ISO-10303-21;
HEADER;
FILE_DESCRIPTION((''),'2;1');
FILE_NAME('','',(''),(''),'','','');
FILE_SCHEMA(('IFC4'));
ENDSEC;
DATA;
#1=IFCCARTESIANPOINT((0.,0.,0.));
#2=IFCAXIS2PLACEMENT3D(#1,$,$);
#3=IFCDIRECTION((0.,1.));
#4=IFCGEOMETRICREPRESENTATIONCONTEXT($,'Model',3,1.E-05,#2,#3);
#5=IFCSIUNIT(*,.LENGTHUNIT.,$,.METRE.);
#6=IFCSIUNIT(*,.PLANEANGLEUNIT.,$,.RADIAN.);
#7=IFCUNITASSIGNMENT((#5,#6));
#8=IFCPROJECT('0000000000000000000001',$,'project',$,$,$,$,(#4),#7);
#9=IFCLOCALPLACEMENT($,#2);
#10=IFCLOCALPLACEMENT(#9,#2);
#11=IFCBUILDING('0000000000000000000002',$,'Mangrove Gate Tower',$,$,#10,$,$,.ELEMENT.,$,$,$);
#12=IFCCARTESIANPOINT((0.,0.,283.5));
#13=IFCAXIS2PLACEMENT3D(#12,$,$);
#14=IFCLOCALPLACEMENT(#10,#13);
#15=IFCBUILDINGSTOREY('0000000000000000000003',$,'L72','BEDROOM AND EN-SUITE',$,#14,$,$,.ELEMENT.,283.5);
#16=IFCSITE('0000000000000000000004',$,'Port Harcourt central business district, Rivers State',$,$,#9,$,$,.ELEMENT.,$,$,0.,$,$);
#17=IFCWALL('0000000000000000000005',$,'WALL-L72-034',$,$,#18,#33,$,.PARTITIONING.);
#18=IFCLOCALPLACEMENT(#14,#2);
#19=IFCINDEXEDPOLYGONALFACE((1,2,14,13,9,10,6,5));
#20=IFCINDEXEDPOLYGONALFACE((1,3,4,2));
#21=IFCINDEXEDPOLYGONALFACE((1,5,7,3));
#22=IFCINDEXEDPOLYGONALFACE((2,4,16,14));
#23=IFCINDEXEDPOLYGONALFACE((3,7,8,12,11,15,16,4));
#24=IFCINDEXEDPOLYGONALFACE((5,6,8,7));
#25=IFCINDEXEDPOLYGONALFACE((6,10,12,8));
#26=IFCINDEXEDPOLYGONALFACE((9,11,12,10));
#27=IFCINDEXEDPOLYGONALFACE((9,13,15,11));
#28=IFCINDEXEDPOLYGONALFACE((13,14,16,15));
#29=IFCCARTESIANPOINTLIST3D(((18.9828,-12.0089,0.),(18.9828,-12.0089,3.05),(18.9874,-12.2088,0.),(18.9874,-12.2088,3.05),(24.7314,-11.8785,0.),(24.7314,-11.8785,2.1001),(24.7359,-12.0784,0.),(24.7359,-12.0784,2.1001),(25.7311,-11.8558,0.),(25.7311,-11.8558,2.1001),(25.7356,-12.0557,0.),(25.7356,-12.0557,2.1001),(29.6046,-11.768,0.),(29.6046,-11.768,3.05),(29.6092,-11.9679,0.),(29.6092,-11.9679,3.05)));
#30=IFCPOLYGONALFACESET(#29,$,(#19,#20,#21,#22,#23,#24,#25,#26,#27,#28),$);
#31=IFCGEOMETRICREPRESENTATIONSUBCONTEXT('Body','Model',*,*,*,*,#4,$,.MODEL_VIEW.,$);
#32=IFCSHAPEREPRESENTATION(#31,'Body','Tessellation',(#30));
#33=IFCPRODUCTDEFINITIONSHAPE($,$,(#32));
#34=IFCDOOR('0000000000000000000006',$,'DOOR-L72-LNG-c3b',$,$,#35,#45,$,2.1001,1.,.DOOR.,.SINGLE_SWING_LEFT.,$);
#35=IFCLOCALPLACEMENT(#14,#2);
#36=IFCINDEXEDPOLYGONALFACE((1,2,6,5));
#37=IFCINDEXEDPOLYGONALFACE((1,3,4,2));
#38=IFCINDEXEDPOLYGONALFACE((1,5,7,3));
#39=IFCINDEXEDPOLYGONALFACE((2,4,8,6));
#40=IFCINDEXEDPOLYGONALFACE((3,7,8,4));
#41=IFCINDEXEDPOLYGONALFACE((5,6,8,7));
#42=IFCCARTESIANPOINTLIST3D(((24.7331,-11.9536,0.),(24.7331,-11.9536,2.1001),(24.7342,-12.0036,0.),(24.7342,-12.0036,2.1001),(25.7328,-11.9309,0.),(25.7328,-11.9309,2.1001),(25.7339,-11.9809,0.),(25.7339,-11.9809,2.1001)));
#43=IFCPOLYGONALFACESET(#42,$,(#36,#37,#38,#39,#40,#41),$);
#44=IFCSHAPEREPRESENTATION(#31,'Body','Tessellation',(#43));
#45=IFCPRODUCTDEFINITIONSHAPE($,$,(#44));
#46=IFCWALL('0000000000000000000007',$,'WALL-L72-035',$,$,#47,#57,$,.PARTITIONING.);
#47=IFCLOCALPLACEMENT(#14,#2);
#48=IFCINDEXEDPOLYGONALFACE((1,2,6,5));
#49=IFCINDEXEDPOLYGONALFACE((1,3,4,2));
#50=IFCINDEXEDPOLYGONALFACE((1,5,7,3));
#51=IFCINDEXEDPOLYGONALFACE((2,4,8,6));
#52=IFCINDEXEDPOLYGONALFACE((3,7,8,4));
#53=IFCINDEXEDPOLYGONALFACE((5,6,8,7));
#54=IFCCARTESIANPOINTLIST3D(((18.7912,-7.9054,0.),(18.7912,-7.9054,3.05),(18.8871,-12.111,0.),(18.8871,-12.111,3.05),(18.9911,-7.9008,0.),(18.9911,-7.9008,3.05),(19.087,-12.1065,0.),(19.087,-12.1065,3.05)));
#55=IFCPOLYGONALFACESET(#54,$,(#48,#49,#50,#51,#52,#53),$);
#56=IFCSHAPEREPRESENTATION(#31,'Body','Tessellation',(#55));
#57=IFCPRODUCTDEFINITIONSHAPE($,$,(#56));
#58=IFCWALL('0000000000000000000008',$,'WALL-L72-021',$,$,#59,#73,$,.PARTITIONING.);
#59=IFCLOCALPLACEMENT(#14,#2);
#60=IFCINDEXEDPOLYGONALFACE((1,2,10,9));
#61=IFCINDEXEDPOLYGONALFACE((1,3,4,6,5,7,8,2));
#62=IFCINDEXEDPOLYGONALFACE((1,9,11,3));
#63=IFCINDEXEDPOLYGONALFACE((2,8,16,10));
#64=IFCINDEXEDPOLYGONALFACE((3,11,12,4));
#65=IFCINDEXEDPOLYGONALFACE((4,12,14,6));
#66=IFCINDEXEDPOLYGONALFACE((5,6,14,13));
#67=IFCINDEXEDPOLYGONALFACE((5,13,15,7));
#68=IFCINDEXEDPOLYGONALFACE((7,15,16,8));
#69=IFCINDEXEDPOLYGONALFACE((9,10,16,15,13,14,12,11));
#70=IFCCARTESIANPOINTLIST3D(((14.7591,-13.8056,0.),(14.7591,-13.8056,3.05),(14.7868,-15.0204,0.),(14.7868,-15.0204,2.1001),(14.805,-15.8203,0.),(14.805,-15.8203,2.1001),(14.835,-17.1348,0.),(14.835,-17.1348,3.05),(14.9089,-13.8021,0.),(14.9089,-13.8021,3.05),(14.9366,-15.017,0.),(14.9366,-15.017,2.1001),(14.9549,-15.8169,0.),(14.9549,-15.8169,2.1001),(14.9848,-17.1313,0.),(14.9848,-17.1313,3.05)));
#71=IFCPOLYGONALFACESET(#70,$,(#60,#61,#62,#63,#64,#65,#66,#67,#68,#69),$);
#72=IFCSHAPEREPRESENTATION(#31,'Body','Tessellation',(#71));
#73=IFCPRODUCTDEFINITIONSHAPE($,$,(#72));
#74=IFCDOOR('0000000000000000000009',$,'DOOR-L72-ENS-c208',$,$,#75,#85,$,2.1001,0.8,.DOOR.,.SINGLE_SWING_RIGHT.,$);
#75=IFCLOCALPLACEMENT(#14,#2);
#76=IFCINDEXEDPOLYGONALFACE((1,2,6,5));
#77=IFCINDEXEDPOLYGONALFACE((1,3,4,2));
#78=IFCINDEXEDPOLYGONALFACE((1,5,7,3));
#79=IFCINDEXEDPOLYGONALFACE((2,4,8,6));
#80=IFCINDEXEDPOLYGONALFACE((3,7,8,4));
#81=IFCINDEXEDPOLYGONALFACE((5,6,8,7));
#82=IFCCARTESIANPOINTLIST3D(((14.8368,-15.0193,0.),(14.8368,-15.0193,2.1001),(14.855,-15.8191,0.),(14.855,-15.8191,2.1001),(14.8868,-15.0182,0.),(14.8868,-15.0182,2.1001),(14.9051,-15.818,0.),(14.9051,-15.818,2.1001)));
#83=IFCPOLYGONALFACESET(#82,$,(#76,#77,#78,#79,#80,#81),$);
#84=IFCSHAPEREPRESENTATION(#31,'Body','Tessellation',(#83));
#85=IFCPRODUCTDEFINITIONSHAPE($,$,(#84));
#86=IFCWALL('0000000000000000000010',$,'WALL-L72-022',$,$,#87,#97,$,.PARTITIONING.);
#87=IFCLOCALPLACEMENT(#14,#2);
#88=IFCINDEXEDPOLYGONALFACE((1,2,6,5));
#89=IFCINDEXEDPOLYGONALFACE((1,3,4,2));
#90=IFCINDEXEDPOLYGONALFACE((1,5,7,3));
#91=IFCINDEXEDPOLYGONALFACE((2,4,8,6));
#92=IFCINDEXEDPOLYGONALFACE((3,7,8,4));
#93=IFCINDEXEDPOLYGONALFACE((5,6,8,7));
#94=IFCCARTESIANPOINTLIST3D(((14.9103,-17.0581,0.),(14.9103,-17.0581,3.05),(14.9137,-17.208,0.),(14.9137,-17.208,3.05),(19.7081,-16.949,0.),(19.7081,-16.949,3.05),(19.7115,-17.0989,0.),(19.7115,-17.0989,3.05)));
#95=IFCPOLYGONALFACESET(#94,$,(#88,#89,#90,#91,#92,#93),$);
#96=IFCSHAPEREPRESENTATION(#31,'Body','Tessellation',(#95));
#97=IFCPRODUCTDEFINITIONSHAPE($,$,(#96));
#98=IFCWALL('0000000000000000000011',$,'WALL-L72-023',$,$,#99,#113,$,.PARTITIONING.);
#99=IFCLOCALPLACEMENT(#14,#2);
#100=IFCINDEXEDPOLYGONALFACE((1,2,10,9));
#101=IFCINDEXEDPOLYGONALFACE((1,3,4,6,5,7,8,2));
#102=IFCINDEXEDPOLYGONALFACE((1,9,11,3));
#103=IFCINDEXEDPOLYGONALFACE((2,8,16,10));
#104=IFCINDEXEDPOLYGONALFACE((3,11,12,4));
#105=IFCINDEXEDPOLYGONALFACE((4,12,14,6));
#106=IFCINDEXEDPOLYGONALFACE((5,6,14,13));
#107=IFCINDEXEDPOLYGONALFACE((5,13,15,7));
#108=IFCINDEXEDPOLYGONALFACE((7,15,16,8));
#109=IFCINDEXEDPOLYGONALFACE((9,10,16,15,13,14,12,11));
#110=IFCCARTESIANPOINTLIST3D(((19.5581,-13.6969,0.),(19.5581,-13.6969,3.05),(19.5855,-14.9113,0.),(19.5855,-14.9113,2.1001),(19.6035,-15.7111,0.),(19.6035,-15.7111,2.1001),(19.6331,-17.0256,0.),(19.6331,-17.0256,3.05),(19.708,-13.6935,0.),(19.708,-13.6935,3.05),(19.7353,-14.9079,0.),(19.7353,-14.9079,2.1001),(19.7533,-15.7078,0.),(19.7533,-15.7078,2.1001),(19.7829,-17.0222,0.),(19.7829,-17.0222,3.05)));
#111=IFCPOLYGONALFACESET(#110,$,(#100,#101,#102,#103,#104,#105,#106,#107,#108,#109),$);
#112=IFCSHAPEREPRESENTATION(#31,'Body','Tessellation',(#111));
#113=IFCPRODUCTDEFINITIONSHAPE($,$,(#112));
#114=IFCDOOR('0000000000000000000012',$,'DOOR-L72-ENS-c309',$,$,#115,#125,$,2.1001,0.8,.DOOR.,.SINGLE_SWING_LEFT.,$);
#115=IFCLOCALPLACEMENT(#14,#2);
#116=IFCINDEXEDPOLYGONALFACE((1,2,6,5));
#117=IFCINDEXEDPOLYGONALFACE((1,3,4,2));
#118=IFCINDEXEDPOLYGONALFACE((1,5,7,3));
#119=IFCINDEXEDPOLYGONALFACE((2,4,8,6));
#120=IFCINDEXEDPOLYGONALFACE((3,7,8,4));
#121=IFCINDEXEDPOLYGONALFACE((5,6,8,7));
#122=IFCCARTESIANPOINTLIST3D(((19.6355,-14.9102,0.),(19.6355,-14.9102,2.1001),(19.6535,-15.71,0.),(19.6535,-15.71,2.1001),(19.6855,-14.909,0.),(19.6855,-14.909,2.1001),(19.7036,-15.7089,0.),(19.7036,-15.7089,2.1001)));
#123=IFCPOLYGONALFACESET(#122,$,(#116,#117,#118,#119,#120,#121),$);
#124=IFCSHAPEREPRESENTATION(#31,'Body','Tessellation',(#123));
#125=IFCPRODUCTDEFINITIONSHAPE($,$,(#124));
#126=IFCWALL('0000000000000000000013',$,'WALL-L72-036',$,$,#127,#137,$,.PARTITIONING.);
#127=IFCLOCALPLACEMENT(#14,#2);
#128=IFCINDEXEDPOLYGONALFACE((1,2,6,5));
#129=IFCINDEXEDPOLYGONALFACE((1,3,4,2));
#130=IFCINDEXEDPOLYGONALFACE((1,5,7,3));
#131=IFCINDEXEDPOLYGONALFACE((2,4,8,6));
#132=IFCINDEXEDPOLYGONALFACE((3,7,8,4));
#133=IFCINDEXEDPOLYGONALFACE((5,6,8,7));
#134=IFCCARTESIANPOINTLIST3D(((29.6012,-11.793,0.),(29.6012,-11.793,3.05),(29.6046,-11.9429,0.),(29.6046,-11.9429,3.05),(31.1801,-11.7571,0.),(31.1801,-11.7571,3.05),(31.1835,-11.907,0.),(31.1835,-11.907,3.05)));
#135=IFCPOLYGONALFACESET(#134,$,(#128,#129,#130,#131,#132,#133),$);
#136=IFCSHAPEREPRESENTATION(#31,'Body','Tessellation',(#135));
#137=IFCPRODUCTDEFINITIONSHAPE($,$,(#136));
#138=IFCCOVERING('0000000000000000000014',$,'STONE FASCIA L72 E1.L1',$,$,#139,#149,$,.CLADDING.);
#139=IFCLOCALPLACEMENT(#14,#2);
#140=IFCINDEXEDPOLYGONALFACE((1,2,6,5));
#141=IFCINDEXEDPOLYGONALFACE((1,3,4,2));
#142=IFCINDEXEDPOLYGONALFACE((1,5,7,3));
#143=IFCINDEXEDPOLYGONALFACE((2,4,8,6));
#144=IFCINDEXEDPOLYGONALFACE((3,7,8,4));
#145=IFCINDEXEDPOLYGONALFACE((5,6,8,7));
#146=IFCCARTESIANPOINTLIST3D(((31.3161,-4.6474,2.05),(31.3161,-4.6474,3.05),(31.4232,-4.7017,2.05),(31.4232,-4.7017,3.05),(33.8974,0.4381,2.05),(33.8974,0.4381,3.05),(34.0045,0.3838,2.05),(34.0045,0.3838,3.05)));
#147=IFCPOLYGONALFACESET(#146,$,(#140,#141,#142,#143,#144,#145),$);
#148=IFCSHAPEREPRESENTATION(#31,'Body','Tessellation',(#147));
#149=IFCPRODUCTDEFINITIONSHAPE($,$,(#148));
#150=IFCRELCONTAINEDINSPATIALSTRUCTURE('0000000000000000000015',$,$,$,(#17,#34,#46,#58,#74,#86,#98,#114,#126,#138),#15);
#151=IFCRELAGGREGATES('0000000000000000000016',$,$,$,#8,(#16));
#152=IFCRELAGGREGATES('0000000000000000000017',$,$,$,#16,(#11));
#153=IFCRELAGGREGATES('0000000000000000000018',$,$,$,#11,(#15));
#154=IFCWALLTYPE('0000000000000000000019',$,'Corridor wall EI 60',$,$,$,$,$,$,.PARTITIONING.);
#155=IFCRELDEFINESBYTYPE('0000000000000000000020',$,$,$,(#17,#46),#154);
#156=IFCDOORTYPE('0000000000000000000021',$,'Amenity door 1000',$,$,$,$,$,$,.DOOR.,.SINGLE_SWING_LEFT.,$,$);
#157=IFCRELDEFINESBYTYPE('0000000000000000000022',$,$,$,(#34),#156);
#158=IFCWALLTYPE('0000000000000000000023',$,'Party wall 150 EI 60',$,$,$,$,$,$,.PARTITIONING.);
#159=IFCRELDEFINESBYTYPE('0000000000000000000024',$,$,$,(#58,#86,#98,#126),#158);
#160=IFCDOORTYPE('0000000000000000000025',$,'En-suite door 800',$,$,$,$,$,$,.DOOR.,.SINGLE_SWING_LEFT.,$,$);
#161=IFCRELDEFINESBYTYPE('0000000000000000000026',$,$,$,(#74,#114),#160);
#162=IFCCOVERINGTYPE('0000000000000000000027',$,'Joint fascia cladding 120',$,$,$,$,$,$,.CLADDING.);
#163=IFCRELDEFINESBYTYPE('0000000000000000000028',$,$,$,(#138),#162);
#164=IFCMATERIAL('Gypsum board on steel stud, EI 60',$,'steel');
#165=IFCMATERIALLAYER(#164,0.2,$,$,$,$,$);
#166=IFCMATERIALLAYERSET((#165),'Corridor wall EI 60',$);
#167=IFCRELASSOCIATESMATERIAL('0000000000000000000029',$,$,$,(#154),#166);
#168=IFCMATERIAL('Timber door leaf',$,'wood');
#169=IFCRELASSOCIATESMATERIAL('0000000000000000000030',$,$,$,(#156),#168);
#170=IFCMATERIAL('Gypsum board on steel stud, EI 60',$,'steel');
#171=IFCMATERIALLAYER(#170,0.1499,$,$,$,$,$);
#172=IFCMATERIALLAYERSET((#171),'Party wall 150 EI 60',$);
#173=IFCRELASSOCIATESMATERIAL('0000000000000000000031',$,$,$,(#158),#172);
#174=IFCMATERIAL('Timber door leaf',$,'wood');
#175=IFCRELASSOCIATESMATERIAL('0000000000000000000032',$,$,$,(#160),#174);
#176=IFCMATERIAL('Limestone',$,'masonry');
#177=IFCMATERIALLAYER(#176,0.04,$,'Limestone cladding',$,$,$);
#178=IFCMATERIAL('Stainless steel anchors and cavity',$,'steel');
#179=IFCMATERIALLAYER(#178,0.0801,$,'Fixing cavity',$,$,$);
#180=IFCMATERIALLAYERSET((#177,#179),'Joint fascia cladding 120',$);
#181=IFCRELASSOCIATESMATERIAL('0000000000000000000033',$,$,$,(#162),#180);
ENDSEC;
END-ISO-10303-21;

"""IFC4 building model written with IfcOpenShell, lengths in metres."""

from ifc_helpers import new_model, si_unit, direction, frame, frame_2d, origin, place, context, subcontext, project, spatial, rectangle, extrude, material, layer, layer_set, type_object, element, fill, save


model = new_model("IFC4")

# Units and contexts
model_context = context("Model", 3, precision=1e-05, world=origin(), true_north=direction((0.0, 1.0)))
body_context = subcontext(model_context, "Body", "Model", "MODEL_VIEW")
ifc_project = project(units=[si_unit("LENGTHUNIT", "METRE"), si_unit("PLANEANGLEUNIT", "RADIAN")], contexts=[model_context])

# Site, building, storey
site_placement = place(None, origin())
site = spatial("IfcSite", under=ifc_project, at=site_placement, Name="Port Harcourt central business district, Rivers State", CompositionType="ELEMENT", RefElevation=0.0)
building_placement = place(site_placement, origin())
building = spatial("IfcBuilding", under=site, at=building_placement, Name="Mangrove Gate Tower", CompositionType="ELEMENT")
storey_placement = place(building_placement, frame((0.0, 0.0, 283.5)))
storey = spatial("IfcBuildingStorey", under=building, at=storey_placement, Name="L72", Description="BEDROOM AND EN-SUITE", CompositionType="ELEMENT", Elevation=283.5)

# Shared definitions
ifc_material_1 = material(Name="Gypsum board on steel stud, EI 60", Category="steel")
ifc_layer_1 = layer(ifc_material_1, 0.2)
ifc_layer_set_1 = layer_set([ifc_layer_1], Name="Corridor wall EI 60")
wall_type_1 = type_object("IfcWallType", Name="Corridor wall EI 60", PredefinedType="PARTITIONING", material=ifc_layer_set_1)

# Wall, opening, door
wall_1_placement = place(storey_placement, frame((18.9851, -12.1089, 0.0), z_axis=(0.0, 0.0, 1.0), x_axis=(0.999743, 0.02268, 0.0)))
wall_1 = element("IfcWall", 1, at=wall_1_placement, inside=storey, type_object=wall_type_1, Name="WALL-L72-034", PredefinedType="PARTITIONING", context=body_context, shape_type="SweptSolid", body=[
    extrude(rectangle(XDim=10.6245, YDim=0.2, at=frame_2d((5.3123, 0.0))), origin(), (0.0, 0.0, 1.0), 3.05),
])
opening_1_placement = place(wall_1_placement, frame((5.75, 0.0, 0.0)))
opening_1 = element("IfcOpeningElement", 2, at=opening_1_placement, cuts=wall_1, PredefinedType="OPENING", context=body_context, shape_type="SweptSolid", body=[
    extrude(rectangle(XDim=1.0, YDim=2.1001, at=frame_2d((0.5, 1.05))), frame((0.0, 0.1099, 0.0), z_axis=(0.0, -1.0, 0.0), x_axis=(1.0, 0.0, 0.0)), (0.0, 0.0, 1.0), 0.22),
])
ifc_material_2 = material(Name="Timber door leaf", Category="wood")
door_type_1 = type_object("IfcDoorType", Name="Amenity door 1000", OperationType="SINGLE_SWING_LEFT", PredefinedType="DOOR", material=ifc_material_2)
door_1_placement = place(opening_1_placement, origin())
door_1 = element("IfcDoor", 3, at=door_1_placement, inside=storey, type_object=door_type_1, Name="DOOR-L72-LNG-c3b", OperationType="SINGLE_SWING_LEFT", OverallHeight=2.1001, OverallWidth=1.0, PredefinedType="DOOR", context=body_context, shape_type="SweptSolid", body=[
    extrude(rectangle(XDim=1.0, YDim=2.1001, at=frame_2d((0.5, 1.05))), frame((0.0, 0.0249, 0.0), z_axis=(0.0, -1.0, 0.0), x_axis=(1.0, 0.0, 0.0)), (0.0, 0.0, 1.0), 0.05),
])
fill(opening_1, door_1)

# Wall
wall_2_placement = place(storey_placement, frame((18.9871, -12.1089, 0.0), z_axis=(0.0, 0.0, 1.0), x_axis=(-0.022807, 0.99974, 0.0)))
element("IfcWall", 4, at=wall_2_placement, inside=storey, type_object=wall_type_1, Name="WALL-L72-035", PredefinedType="PARTITIONING", context=body_context, shape_type="SweptSolid", body=[
    extrude(rectangle(XDim=4.2068, YDim=0.2, at=frame_2d((2.1035, 0.0))), origin(), (0.0, 0.0, 1.0), 3.05),
])

# Wall, opening, door
ifc_material_3 = material(Name="Gypsum board on steel stud, EI 60", Category="steel")
ifc_layer_2 = layer(ifc_material_3, 0.1499)
ifc_layer_set_2 = layer_set([ifc_layer_2], Name="Party wall 150 EI 60")
wall_type_2 = type_object("IfcWallType", Name="Party wall 150 EI 60", PredefinedType="PARTITIONING", material=ifc_layer_set_2)
wall_3_placement = place(storey_placement, frame((14.9099, -17.1331, 0.0), z_axis=(0.0, 0.0, 1.0), x_axis=(-0.022801, 0.99974, 0.0)))
wall_3 = element("IfcWall", 5, at=wall_3_placement, inside=storey, type_object=wall_type_2, Name="WALL-L72-021", PredefinedType="PARTITIONING", context=body_context, shape_type="SweptSolid", body=[
    extrude(rectangle(XDim=3.3301, YDim=0.1499, at=frame_2d((1.665, 0.0))), origin(), (0.0, 0.0, 1.0), 3.05),
])
opening_2_placement = place(wall_3_placement, frame((1.3149, 0.0, 0.0)))
opening_2 = element("IfcOpeningElement", 6, at=opening_2_placement, cuts=wall_3, PredefinedType="OPENING", context=body_context, shape_type="SweptSolid", body=[
    extrude(rectangle(XDim=0.8, YDim=2.1001, at=frame_2d((0.3999, 1.05))), frame((0.0, 0.085, 0.0), z_axis=(0.0, -1.0, 0.0), x_axis=(1.0, 0.0, 0.0)), (0.0, 0.0, 1.0), 0.1699),
])
ifc_material_4 = material(Name="Timber door leaf", Category="wood")
door_type_2 = type_object("IfcDoorType", Name="En-suite door 800", OperationType="SINGLE_SWING_LEFT", PredefinedType="DOOR", material=ifc_material_4)
door_2_placement = place(opening_2_placement, origin())
door_2 = element("IfcDoor", 7, at=door_2_placement, inside=storey, type_object=door_type_2, Name="DOOR-L72-ENS-c208", OperationType="SINGLE_SWING_RIGHT", OverallHeight=2.1001, OverallWidth=0.8, PredefinedType="DOOR", context=body_context, shape_type="SweptSolid", body=[
    extrude(rectangle(XDim=0.8, YDim=2.1001, at=frame_2d((0.3999, 1.05))), frame((0.0, 0.0249, 0.0), z_axis=(0.0, -1.0, 0.0), x_axis=(1.0, 0.0, 0.0)), (0.0, 0.0, 1.0), 0.05),
])
fill(opening_2, door_2)

# Wall
wall_4_placement = place(storey_placement, frame((14.9121, -17.1331, 0.0), z_axis=(0.0, 0.0, 1.0), x_axis=(0.999741, 0.02274, 0.0)))
element("IfcWall", 8, at=wall_4_placement, inside=storey, type_object=wall_type_2, Name="WALL-L72-022", PredefinedType="PARTITIONING", context=body_context, shape_type="SweptSolid", body=[
    extrude(rectangle(XDim=4.7991, YDim=0.1499, at=frame_2d((2.3994, 0.0))), origin(), (0.0, 0.0, 1.0), 3.05),
])

# Wall, opening, door
wall_5_placement = place(storey_placement, frame((19.708, -17.0239, 0.0), z_axis=(0.0, 0.0, 1.0), x_axis=(-0.02251, 0.999747, 0.0)))
wall_5 = element("IfcWall", 9, at=wall_5_placement, inside=storey, type_object=wall_type_2, Name="WALL-L72-023", PredefinedType="PARTITIONING", context=body_context, shape_type="SweptSolid", body=[
    extrude(rectangle(XDim=3.3296, YDim=0.1499, at=frame_2d((1.6648, 0.0))), origin(), (0.0, 0.0, 1.0), 3.05),
])
opening_3_placement = place(wall_5_placement, frame((1.3149, 0.0, 0.0)))
opening_3 = element("IfcOpeningElement", 10, at=opening_3_placement, cuts=wall_5, PredefinedType="OPENING", context=body_context, shape_type="SweptSolid", body=[
    extrude(rectangle(XDim=0.8, YDim=2.1001, at=frame_2d((0.3999, 1.05))), frame((0.0, 0.085, 0.0), z_axis=(0.0, -1.0, 0.0), x_axis=(1.0, 0.0, 0.0)), (0.0, 0.0, 1.0), 0.1699),
])
door_3_placement = place(opening_3_placement, origin())
door_3 = element("IfcDoor", 11, at=door_3_placement, inside=storey, type_object=door_type_2, Name="DOOR-L72-ENS-c309", OperationType="SINGLE_SWING_LEFT", OverallHeight=2.1001, OverallWidth=0.8, PredefinedType="DOOR", context=body_context, shape_type="SweptSolid", body=[
    extrude(rectangle(XDim=0.8, YDim=2.1001, at=frame_2d((0.3999, 1.05))), frame((0.0, 0.0249, 0.0), z_axis=(0.0, -1.0, 0.0), x_axis=(1.0, 0.0, 0.0)), (0.0, 0.0, 1.0), 0.05),
])
fill(opening_3, door_3)

# Wall
wall_6_placement = place(storey_placement, frame((29.603, -11.8679, 0.0), z_axis=(0.0, 0.0, 1.0), x_axis=(0.999742, 0.022725, 0.0)))
element("IfcWall", 12, at=wall_6_placement, inside=storey, type_object=wall_type_2, Name="WALL-L72-036", PredefinedType="PARTITIONING", context=body_context, shape_type="SweptSolid", body=[
    extrude(rectangle(XDim=1.5793, YDim=0.1499, at=frame_2d((0.7896, 0.0))), origin(), (0.0, 0.0, 1.0), 3.05),
])

# Covering
ifc_material_5 = material(Name="Limestone", Category="masonry")
ifc_layer_3 = layer(ifc_material_5, 0.04, Name="Limestone cladding")
ifc_material_6 = material(Name="Stainless steel anchors and cavity", Category="steel")
ifc_layer_4 = layer(ifc_material_6, 0.0801, Name="Fixing cavity")
ifc_layer_set_3 = layer_set([ifc_layer_3, ifc_layer_4], Name="Joint fascia cladding 120")
covering_type = type_object("IfcCoveringType", Name="Joint fascia cladding 120", PredefinedType="CLADDING", material=ifc_layer_set_3)
covering_placement = place(storey_placement, frame((31.3696, -4.6746, 2.05), z_axis=(0.0, 0.0, 1.0), x_axis=(0.452616, 0.891705, 0.0)))
element("IfcCovering", 13, at=covering_placement, inside=storey, type_object=covering_type, Name="STONE FASCIA L72 E1.L1", PredefinedType="CLADDING", context=body_context, shape_type="SweptSolid", body=[
    extrude(rectangle(XDim=5.7031, YDim=0.1201, at=frame_2d((2.8516, 0.0))), origin(), (0.0, 0.0, 1.0), 1.0),
])

save(model, "model.ifc")
